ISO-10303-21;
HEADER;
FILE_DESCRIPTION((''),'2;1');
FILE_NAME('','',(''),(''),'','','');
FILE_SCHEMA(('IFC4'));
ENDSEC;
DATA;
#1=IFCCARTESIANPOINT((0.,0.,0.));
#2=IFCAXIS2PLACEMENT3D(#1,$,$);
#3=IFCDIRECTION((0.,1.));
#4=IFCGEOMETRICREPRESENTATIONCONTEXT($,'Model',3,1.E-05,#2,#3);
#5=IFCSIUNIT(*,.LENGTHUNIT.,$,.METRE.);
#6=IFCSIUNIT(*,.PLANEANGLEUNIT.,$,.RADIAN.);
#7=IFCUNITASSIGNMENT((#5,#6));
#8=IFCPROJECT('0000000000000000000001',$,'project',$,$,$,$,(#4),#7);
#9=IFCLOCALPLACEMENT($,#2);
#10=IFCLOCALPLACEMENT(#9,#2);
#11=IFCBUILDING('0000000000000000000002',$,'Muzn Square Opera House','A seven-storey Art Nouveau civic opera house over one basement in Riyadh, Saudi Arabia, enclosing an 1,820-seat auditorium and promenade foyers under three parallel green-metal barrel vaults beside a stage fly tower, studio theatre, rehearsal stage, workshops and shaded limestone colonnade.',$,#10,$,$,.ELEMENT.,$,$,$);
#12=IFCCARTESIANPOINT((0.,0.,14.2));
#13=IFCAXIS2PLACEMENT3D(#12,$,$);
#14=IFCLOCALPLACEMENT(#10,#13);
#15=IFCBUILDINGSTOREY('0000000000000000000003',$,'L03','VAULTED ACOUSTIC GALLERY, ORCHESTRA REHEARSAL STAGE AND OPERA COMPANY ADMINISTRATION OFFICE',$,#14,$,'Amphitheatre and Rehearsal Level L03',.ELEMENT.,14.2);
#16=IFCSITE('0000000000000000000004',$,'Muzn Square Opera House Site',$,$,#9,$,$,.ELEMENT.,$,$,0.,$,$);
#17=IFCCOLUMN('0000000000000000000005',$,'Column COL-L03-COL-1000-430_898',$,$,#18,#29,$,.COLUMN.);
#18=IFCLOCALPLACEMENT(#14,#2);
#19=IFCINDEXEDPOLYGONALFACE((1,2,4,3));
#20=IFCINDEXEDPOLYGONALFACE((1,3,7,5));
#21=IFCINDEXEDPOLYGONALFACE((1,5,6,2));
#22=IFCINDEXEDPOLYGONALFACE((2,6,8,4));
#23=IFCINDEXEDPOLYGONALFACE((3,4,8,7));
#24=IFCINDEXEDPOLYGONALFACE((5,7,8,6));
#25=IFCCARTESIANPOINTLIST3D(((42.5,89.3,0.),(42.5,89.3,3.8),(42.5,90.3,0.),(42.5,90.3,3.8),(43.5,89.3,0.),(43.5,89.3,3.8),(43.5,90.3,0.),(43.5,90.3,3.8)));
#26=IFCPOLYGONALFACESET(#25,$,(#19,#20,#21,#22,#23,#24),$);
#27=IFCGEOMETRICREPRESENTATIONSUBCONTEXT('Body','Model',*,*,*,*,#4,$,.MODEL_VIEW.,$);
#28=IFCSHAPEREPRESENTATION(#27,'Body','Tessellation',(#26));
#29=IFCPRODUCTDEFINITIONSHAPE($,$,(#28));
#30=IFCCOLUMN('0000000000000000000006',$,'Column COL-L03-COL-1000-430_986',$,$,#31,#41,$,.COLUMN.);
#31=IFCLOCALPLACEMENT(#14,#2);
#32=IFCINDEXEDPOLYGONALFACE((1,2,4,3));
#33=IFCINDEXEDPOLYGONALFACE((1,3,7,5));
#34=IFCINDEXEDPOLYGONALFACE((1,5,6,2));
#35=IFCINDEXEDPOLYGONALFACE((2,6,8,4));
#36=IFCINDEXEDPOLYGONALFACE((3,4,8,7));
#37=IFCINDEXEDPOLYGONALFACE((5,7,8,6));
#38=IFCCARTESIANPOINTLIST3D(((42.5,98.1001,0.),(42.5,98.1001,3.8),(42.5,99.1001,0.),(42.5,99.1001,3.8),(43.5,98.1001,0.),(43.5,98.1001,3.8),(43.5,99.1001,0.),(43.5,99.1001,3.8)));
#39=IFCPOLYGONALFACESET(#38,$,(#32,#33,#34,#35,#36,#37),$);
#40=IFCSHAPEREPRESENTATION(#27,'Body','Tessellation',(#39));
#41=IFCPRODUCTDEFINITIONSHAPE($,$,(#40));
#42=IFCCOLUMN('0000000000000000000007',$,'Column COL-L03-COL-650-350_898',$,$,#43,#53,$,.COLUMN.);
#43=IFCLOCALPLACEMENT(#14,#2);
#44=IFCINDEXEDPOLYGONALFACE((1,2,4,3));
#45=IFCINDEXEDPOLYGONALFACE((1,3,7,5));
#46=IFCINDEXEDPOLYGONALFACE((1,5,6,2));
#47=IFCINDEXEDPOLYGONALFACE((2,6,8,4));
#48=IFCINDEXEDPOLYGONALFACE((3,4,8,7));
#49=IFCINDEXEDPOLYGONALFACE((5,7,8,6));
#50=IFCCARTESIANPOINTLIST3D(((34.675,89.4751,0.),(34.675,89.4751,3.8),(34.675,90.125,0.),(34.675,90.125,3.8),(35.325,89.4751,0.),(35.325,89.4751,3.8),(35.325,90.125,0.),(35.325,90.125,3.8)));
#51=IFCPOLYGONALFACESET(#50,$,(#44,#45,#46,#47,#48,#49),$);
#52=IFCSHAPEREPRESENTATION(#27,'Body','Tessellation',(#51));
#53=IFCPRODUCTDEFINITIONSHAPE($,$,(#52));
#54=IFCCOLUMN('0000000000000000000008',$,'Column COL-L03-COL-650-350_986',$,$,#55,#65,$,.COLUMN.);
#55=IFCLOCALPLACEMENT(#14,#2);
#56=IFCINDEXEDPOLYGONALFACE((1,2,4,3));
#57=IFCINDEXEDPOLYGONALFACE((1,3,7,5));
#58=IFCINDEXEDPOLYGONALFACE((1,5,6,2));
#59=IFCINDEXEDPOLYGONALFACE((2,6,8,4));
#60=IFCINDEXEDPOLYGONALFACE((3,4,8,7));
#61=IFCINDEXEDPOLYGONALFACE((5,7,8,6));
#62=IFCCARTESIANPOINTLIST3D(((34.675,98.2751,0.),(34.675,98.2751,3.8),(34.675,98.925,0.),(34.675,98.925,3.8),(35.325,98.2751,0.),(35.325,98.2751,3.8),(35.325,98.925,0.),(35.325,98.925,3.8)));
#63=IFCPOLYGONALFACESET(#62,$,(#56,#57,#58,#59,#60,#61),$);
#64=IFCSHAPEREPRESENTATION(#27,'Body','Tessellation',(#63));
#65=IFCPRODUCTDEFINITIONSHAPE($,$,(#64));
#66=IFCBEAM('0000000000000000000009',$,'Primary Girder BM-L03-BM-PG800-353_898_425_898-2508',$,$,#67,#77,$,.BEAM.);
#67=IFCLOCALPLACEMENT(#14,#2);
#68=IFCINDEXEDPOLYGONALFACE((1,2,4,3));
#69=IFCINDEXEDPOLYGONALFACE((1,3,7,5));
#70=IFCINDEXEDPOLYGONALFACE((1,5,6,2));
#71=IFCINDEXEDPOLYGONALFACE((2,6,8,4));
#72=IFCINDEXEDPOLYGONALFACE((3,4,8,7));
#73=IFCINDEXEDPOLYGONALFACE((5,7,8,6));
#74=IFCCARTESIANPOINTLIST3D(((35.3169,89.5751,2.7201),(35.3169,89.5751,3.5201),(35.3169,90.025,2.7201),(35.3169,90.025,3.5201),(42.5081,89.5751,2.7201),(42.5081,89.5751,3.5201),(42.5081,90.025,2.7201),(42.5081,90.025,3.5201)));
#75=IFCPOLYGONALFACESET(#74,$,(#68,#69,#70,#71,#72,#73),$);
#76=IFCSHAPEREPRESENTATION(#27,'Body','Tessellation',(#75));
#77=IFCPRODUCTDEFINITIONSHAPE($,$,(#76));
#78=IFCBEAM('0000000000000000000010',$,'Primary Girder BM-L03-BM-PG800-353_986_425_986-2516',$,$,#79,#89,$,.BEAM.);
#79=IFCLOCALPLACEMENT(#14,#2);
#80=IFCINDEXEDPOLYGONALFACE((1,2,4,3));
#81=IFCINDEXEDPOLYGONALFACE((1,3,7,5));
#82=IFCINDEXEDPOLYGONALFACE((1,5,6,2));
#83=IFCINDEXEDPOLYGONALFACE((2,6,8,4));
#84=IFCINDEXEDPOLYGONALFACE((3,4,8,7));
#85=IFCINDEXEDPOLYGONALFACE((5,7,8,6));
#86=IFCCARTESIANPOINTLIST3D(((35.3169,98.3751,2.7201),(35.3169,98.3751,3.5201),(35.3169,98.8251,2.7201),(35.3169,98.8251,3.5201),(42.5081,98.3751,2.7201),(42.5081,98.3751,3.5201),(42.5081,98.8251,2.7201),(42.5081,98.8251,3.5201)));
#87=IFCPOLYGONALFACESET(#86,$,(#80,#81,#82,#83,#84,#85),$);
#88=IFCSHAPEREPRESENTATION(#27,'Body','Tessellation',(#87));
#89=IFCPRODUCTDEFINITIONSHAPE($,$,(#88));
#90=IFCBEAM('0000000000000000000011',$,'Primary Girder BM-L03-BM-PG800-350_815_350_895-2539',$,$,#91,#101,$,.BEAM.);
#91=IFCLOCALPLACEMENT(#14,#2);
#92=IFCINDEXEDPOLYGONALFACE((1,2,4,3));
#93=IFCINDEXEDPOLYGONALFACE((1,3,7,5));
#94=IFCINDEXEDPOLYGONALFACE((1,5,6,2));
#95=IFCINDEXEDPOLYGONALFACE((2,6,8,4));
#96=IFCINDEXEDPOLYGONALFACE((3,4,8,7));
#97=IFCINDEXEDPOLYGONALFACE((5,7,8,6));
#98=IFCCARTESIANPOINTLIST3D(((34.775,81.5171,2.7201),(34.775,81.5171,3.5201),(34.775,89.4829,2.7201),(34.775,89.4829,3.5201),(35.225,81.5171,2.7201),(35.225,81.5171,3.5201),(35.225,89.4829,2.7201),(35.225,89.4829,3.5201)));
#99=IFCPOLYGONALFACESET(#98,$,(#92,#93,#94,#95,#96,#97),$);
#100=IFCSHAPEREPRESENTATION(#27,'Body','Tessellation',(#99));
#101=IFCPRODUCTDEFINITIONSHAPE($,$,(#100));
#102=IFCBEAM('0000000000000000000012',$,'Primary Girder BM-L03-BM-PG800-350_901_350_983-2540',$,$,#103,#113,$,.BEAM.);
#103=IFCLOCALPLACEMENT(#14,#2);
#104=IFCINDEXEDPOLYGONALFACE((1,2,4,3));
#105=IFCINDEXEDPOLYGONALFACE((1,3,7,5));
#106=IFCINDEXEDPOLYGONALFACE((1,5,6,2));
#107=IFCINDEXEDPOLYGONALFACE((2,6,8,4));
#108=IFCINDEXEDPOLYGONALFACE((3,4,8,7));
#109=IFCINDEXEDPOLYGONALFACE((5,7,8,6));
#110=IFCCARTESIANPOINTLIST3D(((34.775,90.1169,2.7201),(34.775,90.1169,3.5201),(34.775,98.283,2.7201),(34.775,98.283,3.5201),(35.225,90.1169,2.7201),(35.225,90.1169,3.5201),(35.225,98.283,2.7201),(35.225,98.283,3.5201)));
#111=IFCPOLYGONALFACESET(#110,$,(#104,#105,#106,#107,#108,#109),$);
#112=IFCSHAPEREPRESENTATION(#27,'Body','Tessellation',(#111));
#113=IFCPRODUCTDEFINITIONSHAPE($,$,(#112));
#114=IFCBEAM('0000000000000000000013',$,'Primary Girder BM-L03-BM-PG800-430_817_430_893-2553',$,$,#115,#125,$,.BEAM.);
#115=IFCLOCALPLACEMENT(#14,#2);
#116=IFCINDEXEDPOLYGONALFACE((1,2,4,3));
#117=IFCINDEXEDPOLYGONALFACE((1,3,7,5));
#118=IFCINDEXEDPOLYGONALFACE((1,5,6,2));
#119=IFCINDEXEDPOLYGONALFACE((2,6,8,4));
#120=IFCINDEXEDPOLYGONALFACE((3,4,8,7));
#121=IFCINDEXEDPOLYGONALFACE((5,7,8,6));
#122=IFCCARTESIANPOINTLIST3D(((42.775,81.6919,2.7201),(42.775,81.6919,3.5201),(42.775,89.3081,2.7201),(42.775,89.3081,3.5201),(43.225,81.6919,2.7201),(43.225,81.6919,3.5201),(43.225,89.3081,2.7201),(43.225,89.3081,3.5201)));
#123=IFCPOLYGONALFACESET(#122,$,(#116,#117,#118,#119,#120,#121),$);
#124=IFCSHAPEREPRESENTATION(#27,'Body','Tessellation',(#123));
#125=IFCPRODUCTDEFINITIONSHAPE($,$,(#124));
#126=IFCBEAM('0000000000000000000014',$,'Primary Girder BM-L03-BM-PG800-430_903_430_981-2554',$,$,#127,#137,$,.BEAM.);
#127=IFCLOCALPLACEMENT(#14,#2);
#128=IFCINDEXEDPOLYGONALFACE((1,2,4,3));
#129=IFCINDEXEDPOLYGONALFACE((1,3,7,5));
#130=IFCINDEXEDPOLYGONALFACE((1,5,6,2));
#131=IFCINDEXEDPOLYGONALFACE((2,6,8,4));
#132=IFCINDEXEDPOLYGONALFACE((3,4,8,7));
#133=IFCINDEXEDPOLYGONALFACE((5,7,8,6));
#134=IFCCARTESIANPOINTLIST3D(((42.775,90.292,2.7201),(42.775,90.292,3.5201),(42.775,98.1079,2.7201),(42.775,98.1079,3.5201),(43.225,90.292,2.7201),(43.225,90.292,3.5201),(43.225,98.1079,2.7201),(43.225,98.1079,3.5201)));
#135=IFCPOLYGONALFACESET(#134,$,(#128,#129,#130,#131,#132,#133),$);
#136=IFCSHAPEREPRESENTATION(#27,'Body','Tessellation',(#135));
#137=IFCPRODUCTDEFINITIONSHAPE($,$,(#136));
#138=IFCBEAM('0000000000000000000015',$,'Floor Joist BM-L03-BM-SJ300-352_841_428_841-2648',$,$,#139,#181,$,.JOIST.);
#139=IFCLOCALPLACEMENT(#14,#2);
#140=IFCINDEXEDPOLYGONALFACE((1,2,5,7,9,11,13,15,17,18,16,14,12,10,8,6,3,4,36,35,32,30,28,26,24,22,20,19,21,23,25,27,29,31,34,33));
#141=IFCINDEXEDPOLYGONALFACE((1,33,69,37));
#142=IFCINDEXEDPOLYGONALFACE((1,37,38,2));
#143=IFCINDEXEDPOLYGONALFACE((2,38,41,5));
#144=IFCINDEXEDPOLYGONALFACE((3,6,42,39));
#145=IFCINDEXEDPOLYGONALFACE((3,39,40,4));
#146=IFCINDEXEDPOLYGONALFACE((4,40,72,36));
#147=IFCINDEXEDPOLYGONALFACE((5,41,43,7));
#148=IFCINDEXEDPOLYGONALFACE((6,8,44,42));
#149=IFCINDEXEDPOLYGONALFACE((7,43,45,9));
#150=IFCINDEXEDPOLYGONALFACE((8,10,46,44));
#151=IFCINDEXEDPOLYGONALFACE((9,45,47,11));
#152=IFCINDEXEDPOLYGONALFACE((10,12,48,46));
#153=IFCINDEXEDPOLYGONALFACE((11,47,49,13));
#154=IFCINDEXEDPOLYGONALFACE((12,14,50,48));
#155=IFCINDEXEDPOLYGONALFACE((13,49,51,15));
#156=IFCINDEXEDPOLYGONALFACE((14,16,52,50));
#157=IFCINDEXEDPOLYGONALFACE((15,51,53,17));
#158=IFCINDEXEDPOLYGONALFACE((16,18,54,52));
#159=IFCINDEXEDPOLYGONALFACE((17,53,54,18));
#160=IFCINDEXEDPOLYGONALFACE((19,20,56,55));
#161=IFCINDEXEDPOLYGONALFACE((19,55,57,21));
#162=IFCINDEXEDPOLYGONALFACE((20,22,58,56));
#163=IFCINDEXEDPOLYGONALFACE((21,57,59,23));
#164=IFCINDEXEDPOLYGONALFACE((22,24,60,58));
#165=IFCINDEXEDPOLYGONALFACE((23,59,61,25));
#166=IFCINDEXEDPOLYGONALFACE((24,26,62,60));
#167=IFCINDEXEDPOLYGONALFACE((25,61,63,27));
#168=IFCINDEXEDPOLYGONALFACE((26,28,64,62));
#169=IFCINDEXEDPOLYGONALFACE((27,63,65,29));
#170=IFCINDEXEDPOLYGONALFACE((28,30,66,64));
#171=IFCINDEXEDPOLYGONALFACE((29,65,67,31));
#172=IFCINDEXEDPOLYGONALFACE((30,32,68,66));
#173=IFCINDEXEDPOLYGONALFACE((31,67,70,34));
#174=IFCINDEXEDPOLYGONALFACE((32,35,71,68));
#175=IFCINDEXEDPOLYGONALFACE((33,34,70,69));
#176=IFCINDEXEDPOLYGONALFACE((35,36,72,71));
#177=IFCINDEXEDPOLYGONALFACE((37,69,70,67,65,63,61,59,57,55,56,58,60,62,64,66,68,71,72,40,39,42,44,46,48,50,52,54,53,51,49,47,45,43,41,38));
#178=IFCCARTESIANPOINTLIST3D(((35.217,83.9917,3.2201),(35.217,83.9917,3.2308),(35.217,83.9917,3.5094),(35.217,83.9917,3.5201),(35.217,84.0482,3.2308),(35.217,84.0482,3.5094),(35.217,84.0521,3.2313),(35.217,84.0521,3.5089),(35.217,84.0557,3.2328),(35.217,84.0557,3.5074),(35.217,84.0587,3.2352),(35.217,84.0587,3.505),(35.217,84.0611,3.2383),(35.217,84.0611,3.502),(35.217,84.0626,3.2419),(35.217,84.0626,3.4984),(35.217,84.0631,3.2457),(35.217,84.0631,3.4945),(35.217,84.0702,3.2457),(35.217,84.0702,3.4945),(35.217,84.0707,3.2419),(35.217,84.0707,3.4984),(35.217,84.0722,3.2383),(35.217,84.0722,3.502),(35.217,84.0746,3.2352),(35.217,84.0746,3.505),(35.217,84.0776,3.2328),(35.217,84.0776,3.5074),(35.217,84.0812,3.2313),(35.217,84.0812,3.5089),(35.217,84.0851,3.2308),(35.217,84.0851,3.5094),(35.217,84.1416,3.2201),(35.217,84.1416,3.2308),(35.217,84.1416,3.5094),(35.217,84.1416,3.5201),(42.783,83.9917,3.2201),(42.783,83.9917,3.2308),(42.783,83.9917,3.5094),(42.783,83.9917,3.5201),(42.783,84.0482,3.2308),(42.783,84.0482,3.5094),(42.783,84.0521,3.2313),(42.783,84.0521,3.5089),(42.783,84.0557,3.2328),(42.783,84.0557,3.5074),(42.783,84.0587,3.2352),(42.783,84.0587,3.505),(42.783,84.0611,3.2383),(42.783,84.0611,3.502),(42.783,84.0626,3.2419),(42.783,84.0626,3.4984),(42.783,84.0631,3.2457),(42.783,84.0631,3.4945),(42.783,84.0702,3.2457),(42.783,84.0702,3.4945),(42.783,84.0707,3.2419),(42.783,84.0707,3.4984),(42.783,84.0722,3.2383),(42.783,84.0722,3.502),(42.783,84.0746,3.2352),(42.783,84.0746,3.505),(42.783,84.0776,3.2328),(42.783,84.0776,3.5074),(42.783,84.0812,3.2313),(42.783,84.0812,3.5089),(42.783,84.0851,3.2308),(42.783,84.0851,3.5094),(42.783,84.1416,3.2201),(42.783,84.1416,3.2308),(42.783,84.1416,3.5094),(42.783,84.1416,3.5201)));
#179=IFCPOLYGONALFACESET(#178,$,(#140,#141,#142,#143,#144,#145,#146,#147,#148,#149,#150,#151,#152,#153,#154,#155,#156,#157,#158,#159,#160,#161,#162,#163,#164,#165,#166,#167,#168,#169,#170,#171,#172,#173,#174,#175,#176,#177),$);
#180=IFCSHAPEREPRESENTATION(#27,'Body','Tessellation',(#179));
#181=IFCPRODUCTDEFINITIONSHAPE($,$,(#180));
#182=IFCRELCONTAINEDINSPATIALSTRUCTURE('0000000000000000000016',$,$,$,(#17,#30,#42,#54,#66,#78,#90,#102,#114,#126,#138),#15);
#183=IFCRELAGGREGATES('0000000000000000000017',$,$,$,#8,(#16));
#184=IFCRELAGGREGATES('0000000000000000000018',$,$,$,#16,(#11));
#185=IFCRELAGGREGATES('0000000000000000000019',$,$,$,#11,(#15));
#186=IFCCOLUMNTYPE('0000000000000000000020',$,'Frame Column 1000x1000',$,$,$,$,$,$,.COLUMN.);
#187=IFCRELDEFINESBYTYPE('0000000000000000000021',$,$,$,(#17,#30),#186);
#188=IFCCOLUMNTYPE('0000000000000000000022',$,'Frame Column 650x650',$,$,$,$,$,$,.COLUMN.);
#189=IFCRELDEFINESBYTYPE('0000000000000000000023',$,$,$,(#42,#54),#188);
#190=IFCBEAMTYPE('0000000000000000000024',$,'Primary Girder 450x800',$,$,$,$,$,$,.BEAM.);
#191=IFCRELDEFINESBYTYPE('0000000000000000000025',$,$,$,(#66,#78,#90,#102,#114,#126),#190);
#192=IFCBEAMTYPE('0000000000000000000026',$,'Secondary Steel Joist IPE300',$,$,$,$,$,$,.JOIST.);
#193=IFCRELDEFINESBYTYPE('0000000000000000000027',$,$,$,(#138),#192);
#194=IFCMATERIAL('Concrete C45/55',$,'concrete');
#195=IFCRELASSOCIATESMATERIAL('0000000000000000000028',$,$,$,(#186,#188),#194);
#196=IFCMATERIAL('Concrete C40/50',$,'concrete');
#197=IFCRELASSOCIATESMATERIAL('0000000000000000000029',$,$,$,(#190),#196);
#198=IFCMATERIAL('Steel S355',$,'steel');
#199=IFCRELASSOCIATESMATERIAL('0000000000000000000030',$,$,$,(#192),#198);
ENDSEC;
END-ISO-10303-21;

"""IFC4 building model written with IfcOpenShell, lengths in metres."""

from ifc_helpers import new_model, si_unit, direction, frame, origin, origin_2d, place, context, subcontext, project, spatial, rectangle, i_section, extrude, material, material_profile, profile_set, type_object, element, save


model = new_model("IFC4")

# Units and contexts
model_context = context("Model", 3, precision=1e-05, world=origin(), true_north=direction((0.0, 1.0)))
body_context = subcontext(model_context, "Body", "Model", "MODEL_VIEW")
ifc_project = project(units=[si_unit("LENGTHUNIT", "METRE"), si_unit("PLANEANGLEUNIT", "RADIAN")], contexts=[model_context])

# Site, building, storey
site_placement = place(None, origin())
site = spatial("IfcSite", under=ifc_project, at=site_placement, Name="Muzn Square Opera House Site", CompositionType="ELEMENT", RefElevation=0.0)
building_placement = place(site_placement, origin())
building = spatial("IfcBuilding", under=site, at=building_placement, Name="Muzn Square Opera House", Description="A seven-storey Art Nouveau civic opera house over one basement in Riyadh, Saudi Arabia, enclosing an 1,820-seat auditorium and promenade foyers under three parallel green-metal barrel vaults beside a stage fly tower, studio theatre, rehearsal stage, workshops and shaded limestone colonnade.", CompositionType="ELEMENT")
storey_placement = place(building_placement, frame((0.0, 0.0, 14.2)))
storey = spatial("IfcBuildingStorey", under=building, at=storey_placement, Name="L03", Description="VAULTED ACOUSTIC GALLERY, ORCHESTRA REHEARSAL STAGE AND OPERA COMPANY ADMINISTRATION OFFICE", LongName="Amphitheatre and Rehearsal Level L03", CompositionType="ELEMENT", Elevation=14.2)

# Columns
ifc_material_1 = material(Name="Concrete C45/55", Category="concrete")
ifc_material_profile_1 = material_profile(ifc_material_1, rectangle(XDim=1.0, YDim=1.0, at=origin_2d()), Name="RC 1000x1000", Category="concrete")
ifc_profile_set_1 = profile_set([ifc_material_profile_1], Name="Concrete C45/55")
column_type_1 = type_object("IfcColumnType", Name="Frame Column 1000x1000", PredefinedType="COLUMN", material=ifc_profile_set_1)
for number, where, z_axis, x_axis, name in (
    (1, (43.0, 89.8, 0.0), (0.0, 0.0, 1.0), (1.0, 0.0, 0.0), "Column COL-L03-COL-1000-430_898"),
    (2, (43.0, 98.6001, 0.0), (0.0, 0.0, 1.0), (1.0, 0.0, 0.0), "Column COL-L03-COL-1000-430_986"),
):
    element("IfcColumn", number, at=place(storey_placement, frame(where, z_axis=z_axis, x_axis=x_axis)), inside=storey, type_object=column_type_1, Name=name, PredefinedType="COLUMN", context=body_context, shape_type="SweptSolid", body=[
        extrude(rectangle(XDim=1.0, YDim=1.0, at=origin_2d()), origin(), (0.0, 0.0, 1.0), 3.8),
    ])
ifc_material_profile_2 = material_profile(ifc_material_1, rectangle(XDim=0.6499, YDim=0.6499, at=origin_2d()), Name="RC 650x650", Category="concrete")
ifc_profile_set_2 = profile_set([ifc_material_profile_2], Name="Concrete C45/55")
column_type_2 = type_object("IfcColumnType", Name="Frame Column 650x650", PredefinedType="COLUMN", material=ifc_profile_set_2)
for number, where, z_axis, x_axis, name in (
    (3, (35.0, 89.8, 0.0), (0.0, 0.0, 1.0), (1.0, 0.0, 0.0), "Column COL-L03-COL-650-350_898"),
    (4, (35.0, 98.6001, 0.0), (0.0, 0.0, 1.0), (1.0, 0.0, 0.0), "Column COL-L03-COL-650-350_986"),
):
    element("IfcColumn", number, at=place(storey_placement, frame(where, z_axis=z_axis, x_axis=x_axis)), inside=storey, type_object=column_type_2, Name=name, PredefinedType="COLUMN", context=body_context, shape_type="SweptSolid", body=[
        extrude(rectangle(XDim=0.6499, YDim=0.6499, at=origin_2d()), origin(), (0.0, 0.0, 1.0), 3.8),
    ])

# Beams
ifc_material_2 = material(Name="Concrete C40/50", Category="concrete")
ifc_material_profile_3 = material_profile(ifc_material_2, rectangle(XDim=0.45, YDim=0.8, at=origin_2d()), Name="RCB 450x800", Category="concrete")
ifc_profile_set_3 = profile_set([ifc_material_profile_3], Name="Concrete C40/50")
beam_type_1 = type_object("IfcBeamType", Name="Primary Girder 450x800", PredefinedType="BEAM", material=ifc_profile_set_3)
for number, where, z_axis, x_axis, name in (
    (5, (35.3169, 89.8, 3.1201), (1.0, 0.0, 0.0), (0.0, 1.0, 0.0), "Primary Girder BM-L03-BM-PG800-353_898_425_898-2508"),
    (6, (35.3169, 98.6001, 3.1201), (1.0, 0.0, 0.0), (0.0, 1.0, 0.0), "Primary Girder BM-L03-BM-PG800-353_986_425_986-2516"),
):
    element("IfcBeam", number, at=place(storey_placement, frame(where, z_axis=z_axis, x_axis=x_axis)), inside=storey, type_object=beam_type_1, Name=name, PredefinedType="BEAM", context=body_context, shape_type="SweptSolid", body=[
        extrude(rectangle(XDim=0.45, YDim=0.8, at=origin_2d()), origin(), (0.0, 0.0, 1.0), 7.1912),
    ])
beam_1_placement = place(storey_placement, frame((35.0, 81.5171, 3.1201), z_axis=(0.0, 1.0, 0.0), x_axis=(-1.0, 0.0, 0.0)))
element("IfcBeam", 7, at=beam_1_placement, inside=storey, type_object=beam_type_1, Name="Primary Girder BM-L03-BM-PG800-350_815_350_895-2539", PredefinedType="BEAM", context=body_context, shape_type="SweptSolid", body=[
    extrude(rectangle(XDim=0.45, YDim=0.8, at=origin_2d()), origin(), (0.0, 0.0, 1.0), 7.9658),
])
beam_2_placement = place(storey_placement, frame((35.0, 90.1169, 3.1201), z_axis=(0.0, 1.0, 0.0), x_axis=(-1.0, 0.0, 0.0)))
element("IfcBeam", 8, at=beam_2_placement, inside=storey, type_object=beam_type_1, Name="Primary Girder BM-L03-BM-PG800-350_901_350_983-2540", PredefinedType="BEAM", context=body_context, shape_type="SweptSolid", body=[
    extrude(rectangle(XDim=0.45, YDim=0.8, at=origin_2d()), origin(), (0.0, 0.0, 1.0), 8.166),
])
beam_3_placement = place(storey_placement, frame((43.0, 81.6919, 3.1201), z_axis=(0.0, 1.0, 0.0), x_axis=(-1.0, 0.0, 0.0)))
element("IfcBeam", 9, at=beam_3_placement, inside=storey, type_object=beam_type_1, Name="Primary Girder BM-L03-BM-PG800-430_817_430_893-2553", PredefinedType="BEAM", context=body_context, shape_type="SweptSolid", body=[
    extrude(rectangle(XDim=0.45, YDim=0.8, at=origin_2d()), origin(), (0.0, 0.0, 1.0), 7.6162),
])
beam_4_placement = place(storey_placement, frame((43.0, 90.292, 3.1201), z_axis=(0.0, 1.0, 0.0), x_axis=(-1.0, 0.0, 0.0)))
element("IfcBeam", 10, at=beam_4_placement, inside=storey, type_object=beam_type_1, Name="Primary Girder BM-L03-BM-PG800-430_903_430_981-2554", PredefinedType="BEAM", context=body_context, shape_type="SweptSolid", body=[
    extrude(rectangle(XDim=0.45, YDim=0.8, at=origin_2d()), origin(), (0.0, 0.0, 1.0), 7.8159),
])
ifc_material_3 = material(Name="Steel S355", Category="steel")
ifc_material_profile_4 = material_profile(ifc_material_3, i_section(OverallWidth=0.1499, OverallDepth=0.3, WebThickness=0.0071, FlangeThickness=0.0107, FilletRadius=0.0149, at=origin_2d()), Name="IPE 300", Category="steel")
ifc_profile_set_4 = profile_set([ifc_material_profile_4], Name="Steel S355")
beam_type_2 = type_object("IfcBeamType", Name="Secondary Steel Joist IPE300", PredefinedType="JOIST", material=ifc_profile_set_4)
for number, where, z_axis, x_axis, name in (
    (11, (35.217, 84.0667, 3.3701), (1.0, 0.0, 0.0), (0.0, 1.0, 0.0), "Floor Joist BM-L03-BM-SJ300-352_841_428_841-2648"),
):
    element("IfcBeam", number, at=place(storey_placement, frame(where, z_axis=z_axis, x_axis=x_axis)), inside=storey, type_object=beam_type_2, Name=name, PredefinedType="JOIST", context=body_context, shape_type="SweptSolid", body=[
        extrude(i_section(OverallWidth=0.1499, OverallDepth=0.3, WebThickness=0.0071, FlangeThickness=0.0107, FilletRadius=0.0149, at=origin_2d()), origin(), (0.0, 0.0, 1.0), 7.5659),
    ])

save(model, "model.ifc")
